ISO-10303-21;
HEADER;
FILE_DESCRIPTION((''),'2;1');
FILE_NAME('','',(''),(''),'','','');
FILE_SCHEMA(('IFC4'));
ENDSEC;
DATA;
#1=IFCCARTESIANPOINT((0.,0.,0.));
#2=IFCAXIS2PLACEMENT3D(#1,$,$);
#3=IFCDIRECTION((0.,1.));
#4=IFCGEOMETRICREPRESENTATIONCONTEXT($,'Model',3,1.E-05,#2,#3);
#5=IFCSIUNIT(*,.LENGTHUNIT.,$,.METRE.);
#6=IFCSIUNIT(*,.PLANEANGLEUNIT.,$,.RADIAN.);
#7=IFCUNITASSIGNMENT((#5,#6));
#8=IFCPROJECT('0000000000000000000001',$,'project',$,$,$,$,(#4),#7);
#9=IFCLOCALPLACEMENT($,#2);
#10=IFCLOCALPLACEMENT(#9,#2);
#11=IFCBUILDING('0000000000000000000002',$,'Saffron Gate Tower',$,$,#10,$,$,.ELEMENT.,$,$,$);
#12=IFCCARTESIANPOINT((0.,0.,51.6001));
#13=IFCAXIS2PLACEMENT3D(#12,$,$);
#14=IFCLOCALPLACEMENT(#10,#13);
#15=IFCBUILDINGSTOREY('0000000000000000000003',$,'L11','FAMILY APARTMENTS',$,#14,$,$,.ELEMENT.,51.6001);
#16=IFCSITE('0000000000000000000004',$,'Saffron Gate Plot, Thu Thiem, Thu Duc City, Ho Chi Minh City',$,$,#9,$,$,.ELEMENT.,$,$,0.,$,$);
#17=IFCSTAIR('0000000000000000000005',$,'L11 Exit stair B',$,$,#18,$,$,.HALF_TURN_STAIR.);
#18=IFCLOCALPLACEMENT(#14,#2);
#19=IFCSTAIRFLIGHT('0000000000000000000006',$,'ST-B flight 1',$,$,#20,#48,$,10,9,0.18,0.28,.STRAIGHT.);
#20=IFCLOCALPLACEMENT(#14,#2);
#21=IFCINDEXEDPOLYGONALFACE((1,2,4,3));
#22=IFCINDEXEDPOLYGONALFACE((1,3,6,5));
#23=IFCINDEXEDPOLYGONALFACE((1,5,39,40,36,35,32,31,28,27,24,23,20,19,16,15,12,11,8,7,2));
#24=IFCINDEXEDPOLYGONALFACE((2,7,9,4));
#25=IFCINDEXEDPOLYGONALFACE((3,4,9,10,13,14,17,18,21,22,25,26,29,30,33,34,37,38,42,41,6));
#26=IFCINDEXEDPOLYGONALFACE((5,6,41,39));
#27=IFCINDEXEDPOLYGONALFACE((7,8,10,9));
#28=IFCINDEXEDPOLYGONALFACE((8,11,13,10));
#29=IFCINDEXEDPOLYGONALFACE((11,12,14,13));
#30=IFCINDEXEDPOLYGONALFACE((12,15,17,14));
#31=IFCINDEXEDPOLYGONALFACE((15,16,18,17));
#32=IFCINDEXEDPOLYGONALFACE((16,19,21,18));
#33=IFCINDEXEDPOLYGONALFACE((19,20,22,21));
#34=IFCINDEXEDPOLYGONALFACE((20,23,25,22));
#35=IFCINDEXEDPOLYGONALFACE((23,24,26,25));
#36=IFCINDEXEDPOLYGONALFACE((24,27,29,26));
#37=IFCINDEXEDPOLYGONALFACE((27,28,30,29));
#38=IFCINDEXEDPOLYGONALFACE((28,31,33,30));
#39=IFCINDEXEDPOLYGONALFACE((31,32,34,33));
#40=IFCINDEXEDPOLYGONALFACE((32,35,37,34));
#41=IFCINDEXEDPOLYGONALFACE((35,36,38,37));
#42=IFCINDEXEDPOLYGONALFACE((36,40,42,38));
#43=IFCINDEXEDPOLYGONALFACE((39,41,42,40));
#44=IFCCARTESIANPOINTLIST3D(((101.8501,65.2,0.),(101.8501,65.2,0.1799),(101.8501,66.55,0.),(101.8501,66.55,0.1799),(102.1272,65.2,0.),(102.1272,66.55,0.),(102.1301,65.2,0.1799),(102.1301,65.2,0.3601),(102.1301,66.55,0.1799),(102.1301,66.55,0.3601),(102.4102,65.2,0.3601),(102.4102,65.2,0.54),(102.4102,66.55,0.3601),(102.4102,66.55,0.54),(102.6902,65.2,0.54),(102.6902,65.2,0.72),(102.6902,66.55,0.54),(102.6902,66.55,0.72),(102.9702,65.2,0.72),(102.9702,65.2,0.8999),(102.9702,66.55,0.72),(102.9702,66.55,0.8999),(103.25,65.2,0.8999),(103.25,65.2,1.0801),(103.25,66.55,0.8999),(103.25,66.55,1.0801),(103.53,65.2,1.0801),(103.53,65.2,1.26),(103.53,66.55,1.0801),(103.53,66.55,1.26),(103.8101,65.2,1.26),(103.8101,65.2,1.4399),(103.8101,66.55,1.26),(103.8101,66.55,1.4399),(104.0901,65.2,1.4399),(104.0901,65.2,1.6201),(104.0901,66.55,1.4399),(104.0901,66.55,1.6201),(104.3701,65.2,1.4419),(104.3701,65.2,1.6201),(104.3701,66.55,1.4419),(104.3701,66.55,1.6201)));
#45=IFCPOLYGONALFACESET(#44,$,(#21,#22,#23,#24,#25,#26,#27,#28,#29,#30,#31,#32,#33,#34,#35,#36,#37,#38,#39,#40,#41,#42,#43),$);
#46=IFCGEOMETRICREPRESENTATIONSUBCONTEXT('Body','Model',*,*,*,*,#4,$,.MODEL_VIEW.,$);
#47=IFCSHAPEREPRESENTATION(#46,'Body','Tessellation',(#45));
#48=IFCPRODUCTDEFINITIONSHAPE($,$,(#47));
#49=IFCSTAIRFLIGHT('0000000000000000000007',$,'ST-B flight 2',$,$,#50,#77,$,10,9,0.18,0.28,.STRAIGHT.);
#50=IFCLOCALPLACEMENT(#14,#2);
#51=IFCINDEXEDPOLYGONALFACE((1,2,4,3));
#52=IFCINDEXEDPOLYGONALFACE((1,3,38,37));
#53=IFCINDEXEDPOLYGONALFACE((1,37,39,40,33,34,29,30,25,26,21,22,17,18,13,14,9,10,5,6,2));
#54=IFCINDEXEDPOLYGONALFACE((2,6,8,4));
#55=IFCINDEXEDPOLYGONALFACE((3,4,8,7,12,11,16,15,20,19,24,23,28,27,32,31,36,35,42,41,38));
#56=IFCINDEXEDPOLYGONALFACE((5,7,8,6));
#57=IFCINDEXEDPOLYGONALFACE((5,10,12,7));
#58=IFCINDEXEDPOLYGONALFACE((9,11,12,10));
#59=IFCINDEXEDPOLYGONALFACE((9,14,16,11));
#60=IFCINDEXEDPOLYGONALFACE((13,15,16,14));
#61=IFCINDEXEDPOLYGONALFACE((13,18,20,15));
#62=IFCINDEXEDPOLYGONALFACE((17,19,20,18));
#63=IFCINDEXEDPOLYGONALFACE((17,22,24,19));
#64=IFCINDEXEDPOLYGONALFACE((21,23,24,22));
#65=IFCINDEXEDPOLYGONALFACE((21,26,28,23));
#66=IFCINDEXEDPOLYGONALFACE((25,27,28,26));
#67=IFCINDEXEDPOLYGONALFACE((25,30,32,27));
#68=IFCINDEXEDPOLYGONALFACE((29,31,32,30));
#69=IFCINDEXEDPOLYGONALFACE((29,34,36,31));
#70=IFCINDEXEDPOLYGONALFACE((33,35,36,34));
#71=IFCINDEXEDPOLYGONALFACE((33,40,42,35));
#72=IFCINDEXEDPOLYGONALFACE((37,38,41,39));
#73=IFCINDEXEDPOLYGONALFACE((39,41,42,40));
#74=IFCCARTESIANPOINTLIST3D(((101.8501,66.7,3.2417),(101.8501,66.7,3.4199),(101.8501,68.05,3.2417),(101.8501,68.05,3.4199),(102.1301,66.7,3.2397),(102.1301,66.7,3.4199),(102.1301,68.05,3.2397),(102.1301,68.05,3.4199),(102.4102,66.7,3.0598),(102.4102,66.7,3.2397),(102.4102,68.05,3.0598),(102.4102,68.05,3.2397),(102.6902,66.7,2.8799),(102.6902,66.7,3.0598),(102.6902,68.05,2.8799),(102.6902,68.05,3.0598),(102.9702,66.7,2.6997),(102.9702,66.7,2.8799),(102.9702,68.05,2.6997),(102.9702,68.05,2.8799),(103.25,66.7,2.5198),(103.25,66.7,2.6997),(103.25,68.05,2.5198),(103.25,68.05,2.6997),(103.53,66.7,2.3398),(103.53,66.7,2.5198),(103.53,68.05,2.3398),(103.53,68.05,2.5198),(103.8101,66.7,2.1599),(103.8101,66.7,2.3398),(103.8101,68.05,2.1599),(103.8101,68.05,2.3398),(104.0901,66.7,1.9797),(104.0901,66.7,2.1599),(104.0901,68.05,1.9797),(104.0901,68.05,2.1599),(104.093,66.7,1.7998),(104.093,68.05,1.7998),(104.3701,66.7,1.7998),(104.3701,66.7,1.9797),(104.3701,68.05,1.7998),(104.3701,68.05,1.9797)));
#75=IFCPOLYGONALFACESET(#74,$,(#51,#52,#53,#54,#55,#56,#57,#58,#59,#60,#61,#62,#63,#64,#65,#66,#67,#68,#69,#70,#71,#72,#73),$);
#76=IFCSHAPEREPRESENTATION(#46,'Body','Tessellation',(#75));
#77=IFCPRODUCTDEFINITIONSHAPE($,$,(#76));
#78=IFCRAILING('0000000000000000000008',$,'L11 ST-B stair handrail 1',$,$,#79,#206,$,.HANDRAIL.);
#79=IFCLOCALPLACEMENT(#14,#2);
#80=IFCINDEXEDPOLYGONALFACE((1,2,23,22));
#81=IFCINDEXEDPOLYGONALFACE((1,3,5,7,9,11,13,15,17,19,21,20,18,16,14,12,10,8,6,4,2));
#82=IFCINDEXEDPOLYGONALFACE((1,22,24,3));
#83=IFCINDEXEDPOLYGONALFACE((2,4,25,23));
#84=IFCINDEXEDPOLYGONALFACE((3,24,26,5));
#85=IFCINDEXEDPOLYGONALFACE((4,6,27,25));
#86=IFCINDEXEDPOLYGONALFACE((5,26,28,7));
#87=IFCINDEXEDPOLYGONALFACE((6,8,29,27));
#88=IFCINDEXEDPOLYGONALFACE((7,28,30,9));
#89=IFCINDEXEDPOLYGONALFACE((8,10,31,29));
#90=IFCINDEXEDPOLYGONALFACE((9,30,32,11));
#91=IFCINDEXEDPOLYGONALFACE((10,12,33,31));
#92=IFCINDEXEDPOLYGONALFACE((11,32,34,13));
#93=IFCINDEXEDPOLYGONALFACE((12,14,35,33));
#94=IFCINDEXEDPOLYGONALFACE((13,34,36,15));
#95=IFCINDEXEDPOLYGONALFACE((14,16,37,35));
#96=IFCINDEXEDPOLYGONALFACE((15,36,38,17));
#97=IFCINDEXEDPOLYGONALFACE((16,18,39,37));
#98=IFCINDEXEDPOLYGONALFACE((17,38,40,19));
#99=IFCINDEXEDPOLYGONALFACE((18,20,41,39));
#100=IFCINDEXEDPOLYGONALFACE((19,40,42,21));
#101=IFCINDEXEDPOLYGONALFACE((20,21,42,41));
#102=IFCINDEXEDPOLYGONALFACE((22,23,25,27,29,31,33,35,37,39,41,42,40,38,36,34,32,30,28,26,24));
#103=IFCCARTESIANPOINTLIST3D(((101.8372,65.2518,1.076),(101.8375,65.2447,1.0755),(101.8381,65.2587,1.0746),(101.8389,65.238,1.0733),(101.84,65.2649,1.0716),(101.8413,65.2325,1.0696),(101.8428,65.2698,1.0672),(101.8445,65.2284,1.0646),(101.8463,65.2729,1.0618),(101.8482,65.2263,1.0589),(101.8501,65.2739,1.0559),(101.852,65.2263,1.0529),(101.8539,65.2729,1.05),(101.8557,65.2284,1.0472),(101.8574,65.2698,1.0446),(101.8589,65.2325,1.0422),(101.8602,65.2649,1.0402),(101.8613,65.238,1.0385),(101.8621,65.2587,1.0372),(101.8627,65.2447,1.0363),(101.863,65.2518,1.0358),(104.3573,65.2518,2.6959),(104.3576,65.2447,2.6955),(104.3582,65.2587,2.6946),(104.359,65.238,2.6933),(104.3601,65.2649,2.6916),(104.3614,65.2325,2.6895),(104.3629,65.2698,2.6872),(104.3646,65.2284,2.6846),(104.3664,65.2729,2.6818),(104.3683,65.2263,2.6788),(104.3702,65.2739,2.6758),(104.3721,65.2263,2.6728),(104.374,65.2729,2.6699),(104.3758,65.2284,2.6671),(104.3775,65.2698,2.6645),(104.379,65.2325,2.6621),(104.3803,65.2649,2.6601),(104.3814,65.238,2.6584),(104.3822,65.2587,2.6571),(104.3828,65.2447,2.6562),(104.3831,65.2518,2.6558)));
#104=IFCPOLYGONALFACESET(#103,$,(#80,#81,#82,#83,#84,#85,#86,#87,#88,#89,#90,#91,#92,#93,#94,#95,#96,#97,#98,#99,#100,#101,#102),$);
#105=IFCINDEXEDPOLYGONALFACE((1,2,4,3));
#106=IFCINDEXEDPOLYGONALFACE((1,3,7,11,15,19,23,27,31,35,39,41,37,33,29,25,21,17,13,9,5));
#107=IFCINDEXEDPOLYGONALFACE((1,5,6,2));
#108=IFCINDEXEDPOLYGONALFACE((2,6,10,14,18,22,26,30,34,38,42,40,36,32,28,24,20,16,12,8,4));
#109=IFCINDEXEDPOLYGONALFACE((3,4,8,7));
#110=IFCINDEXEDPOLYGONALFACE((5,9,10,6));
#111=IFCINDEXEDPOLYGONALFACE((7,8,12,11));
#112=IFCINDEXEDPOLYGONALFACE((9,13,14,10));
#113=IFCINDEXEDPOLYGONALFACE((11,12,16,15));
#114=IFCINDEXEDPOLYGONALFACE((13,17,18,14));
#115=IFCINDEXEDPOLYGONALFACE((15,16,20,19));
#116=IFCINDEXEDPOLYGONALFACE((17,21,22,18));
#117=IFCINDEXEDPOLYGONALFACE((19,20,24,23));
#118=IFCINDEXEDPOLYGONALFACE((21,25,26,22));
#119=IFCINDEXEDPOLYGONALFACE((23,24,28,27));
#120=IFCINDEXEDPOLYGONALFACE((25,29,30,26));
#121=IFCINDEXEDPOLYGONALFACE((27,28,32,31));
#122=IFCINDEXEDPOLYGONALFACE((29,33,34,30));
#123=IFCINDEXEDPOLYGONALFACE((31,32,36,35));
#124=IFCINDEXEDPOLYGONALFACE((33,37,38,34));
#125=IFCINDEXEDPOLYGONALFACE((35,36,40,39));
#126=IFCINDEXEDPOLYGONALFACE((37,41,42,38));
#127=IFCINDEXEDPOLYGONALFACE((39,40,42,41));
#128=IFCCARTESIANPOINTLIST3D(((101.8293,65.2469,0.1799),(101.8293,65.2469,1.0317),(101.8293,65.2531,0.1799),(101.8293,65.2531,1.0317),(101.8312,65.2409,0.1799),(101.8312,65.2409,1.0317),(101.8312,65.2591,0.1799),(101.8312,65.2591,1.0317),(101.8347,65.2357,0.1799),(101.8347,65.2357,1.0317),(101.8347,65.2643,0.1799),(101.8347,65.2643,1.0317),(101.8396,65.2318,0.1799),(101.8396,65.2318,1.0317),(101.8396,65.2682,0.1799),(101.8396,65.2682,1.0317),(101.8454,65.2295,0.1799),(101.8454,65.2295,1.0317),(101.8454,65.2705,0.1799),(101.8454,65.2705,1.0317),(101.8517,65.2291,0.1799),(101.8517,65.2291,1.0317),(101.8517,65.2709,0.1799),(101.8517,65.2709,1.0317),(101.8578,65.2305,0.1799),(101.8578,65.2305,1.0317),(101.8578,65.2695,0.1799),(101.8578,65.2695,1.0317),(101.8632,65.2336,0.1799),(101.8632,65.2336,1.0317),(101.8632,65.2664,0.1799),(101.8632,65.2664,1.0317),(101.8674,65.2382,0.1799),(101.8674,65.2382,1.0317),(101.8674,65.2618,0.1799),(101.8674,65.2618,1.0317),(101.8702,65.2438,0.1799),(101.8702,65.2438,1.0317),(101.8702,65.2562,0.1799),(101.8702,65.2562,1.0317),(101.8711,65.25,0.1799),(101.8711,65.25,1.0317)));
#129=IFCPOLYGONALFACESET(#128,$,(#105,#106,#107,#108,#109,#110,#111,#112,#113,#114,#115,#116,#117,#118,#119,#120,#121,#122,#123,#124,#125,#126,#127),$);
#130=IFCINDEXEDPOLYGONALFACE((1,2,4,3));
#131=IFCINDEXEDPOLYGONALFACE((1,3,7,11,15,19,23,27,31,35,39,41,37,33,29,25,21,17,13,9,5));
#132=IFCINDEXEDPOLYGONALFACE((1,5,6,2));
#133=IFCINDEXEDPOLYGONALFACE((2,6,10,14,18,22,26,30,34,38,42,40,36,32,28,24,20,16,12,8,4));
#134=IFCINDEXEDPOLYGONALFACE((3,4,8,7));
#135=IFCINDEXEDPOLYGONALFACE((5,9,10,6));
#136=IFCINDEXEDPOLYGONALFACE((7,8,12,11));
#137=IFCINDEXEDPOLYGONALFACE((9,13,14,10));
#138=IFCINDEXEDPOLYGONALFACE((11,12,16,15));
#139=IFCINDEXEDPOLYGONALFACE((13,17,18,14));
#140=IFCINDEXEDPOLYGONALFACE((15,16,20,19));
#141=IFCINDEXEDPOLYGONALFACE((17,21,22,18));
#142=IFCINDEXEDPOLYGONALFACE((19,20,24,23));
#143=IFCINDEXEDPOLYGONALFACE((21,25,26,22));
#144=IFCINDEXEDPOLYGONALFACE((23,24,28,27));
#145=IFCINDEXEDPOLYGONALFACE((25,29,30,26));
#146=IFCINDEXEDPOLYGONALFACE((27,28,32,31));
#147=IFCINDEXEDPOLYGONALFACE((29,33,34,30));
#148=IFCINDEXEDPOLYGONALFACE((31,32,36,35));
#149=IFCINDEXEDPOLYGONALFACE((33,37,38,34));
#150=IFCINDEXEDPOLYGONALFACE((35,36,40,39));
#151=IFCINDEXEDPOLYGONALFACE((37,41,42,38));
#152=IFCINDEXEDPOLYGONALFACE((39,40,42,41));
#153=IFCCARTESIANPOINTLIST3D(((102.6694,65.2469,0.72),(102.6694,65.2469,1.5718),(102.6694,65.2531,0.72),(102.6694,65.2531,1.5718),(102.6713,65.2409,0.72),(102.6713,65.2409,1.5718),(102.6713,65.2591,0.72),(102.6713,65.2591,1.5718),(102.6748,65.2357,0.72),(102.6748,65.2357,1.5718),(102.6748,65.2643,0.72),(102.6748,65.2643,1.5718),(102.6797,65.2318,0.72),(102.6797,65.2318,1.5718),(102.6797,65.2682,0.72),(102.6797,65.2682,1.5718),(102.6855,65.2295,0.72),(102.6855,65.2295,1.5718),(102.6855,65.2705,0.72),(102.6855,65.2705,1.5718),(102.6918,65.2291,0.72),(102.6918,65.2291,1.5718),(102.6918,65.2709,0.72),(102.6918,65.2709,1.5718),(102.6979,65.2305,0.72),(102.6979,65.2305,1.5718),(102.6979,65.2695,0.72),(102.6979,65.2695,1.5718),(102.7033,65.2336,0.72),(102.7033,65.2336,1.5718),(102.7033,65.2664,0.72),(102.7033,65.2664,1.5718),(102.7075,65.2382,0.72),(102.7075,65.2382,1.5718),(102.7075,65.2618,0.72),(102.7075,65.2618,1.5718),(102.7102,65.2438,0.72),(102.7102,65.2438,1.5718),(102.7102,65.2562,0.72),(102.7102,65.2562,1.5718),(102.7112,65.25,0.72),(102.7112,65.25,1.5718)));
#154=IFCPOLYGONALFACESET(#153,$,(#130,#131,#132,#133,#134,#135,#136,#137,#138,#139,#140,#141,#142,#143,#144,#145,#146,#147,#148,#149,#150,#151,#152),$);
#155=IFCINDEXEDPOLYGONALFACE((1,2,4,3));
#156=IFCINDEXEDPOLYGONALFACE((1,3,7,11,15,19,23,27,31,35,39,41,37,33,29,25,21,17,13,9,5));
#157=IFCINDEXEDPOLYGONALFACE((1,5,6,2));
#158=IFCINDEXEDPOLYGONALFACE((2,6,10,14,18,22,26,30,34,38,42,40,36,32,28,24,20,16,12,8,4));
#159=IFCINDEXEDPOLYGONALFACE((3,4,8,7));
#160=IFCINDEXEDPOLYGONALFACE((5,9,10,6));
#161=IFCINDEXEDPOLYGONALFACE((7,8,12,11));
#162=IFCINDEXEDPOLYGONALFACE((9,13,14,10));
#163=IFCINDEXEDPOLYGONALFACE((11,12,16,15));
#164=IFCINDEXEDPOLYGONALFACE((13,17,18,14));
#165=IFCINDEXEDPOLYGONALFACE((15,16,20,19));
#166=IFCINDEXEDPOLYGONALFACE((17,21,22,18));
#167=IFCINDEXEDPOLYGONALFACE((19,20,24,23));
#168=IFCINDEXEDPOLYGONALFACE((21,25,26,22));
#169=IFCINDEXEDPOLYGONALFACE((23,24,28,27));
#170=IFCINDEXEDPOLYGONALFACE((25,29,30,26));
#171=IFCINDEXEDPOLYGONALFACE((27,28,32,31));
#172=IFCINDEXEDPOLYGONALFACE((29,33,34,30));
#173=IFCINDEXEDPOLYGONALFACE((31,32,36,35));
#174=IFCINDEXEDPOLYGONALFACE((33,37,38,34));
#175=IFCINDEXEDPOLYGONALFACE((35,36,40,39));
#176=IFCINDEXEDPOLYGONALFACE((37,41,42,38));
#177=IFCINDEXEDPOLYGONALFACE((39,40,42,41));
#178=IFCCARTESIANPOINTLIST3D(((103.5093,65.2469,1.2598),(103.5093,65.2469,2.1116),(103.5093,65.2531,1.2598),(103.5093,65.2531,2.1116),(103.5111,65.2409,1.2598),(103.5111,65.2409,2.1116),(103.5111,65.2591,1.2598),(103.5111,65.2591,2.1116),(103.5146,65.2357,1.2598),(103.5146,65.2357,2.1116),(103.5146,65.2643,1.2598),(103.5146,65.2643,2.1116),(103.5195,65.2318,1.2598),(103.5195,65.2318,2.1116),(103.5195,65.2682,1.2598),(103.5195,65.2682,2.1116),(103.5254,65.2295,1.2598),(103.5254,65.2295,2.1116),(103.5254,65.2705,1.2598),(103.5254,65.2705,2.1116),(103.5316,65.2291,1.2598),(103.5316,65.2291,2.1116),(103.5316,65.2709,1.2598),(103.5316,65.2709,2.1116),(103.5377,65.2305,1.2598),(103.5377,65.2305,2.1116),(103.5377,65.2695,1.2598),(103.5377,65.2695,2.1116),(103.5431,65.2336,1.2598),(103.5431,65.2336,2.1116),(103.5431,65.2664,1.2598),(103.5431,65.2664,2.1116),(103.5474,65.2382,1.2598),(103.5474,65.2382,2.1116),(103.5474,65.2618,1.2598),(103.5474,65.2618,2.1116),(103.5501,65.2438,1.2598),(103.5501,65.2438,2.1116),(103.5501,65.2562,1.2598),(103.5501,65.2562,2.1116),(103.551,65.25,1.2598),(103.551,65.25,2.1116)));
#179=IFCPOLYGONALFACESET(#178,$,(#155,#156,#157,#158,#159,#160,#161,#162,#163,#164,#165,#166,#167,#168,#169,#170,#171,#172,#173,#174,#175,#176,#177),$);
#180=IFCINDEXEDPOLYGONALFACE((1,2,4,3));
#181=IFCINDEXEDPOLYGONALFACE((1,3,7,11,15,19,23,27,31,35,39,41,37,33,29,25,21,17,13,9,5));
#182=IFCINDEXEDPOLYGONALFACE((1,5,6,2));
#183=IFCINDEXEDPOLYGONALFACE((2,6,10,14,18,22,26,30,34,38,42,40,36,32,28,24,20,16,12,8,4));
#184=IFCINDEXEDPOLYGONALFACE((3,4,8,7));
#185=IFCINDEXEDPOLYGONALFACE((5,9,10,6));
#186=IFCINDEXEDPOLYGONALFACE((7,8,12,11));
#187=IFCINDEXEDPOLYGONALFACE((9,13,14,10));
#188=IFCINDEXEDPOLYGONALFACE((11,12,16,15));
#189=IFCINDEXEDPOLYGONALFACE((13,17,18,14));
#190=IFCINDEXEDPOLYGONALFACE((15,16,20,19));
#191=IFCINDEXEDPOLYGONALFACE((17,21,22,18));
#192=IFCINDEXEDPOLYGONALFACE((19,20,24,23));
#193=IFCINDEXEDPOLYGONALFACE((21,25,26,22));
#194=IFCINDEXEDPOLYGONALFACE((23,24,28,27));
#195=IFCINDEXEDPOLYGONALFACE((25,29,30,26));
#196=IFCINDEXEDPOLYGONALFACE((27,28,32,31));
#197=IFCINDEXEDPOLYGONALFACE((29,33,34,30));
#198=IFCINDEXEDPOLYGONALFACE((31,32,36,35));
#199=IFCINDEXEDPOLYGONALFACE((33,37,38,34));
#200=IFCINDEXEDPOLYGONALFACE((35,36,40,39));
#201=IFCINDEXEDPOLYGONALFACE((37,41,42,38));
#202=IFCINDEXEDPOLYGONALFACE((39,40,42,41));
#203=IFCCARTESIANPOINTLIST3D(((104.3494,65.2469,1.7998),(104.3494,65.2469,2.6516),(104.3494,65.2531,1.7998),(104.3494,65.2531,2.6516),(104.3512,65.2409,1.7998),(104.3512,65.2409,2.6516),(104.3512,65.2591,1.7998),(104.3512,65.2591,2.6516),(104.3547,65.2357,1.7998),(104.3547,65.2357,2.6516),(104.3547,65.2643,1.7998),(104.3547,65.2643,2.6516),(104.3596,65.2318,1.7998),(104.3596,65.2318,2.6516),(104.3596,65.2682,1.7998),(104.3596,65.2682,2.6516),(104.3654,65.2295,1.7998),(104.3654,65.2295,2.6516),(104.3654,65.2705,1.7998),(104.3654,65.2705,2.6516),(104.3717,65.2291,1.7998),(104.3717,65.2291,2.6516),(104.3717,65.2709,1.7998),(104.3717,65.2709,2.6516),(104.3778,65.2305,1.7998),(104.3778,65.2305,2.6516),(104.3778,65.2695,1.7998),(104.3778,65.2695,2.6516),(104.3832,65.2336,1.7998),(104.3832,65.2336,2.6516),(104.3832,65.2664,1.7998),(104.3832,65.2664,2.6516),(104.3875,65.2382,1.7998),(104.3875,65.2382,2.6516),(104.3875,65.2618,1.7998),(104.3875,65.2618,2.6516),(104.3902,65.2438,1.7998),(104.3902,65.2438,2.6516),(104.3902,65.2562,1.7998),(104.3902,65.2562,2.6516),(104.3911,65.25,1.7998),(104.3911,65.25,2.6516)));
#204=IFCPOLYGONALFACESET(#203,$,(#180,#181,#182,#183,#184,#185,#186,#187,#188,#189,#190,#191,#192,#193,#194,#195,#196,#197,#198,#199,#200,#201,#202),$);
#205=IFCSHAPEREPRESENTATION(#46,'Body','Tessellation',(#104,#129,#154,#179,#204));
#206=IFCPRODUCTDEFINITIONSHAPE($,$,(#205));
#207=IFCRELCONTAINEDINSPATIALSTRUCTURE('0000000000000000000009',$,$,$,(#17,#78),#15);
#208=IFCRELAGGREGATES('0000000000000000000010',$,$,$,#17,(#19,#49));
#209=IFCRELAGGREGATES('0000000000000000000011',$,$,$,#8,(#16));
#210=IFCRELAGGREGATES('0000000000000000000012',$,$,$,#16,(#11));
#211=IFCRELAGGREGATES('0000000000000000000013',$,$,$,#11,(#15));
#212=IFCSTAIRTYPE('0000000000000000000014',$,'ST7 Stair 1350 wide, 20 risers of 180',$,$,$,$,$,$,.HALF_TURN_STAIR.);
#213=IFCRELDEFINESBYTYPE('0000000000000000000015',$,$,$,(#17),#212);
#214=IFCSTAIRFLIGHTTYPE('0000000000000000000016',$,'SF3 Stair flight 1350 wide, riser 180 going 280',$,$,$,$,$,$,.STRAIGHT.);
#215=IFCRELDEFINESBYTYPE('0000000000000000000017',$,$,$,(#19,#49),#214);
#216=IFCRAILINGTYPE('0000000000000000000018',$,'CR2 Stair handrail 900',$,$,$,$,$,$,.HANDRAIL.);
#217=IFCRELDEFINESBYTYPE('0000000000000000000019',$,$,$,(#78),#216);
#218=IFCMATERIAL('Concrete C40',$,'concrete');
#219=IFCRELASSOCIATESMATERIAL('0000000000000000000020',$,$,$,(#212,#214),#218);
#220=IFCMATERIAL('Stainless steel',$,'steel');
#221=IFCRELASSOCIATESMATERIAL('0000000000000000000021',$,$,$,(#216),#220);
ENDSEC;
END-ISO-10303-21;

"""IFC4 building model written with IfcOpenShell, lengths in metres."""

from ifc_helpers import new_model, si_unit, direction, frame, origin, origin_2d, place, context, subcontext, project, spatial, polyline, circle, outline, extrude, material, type_object, element, aggregate, save


model = new_model("IFC4")

# Units and contexts
model_context = context("Model", 3, precision=1e-05, world=origin(), true_north=direction((0.0, 1.0)))
body_context = subcontext(model_context, "Body", "Model", "MODEL_VIEW")
ifc_project = project(units=[si_unit("LENGTHUNIT", "METRE"), si_unit("PLANEANGLEUNIT", "RADIAN")], contexts=[model_context])

# Site, building, storey
site_placement = place(None, origin())
site = spatial("IfcSite", under=ifc_project, at=site_placement, Name="Saffron Gate Plot, Thu Thiem, Thu Duc City, Ho Chi Minh City", CompositionType="ELEMENT", RefElevation=0.0)
building_placement = place(site_placement, origin())
building = spatial("IfcBuilding", under=site, at=building_placement, Name="Saffron Gate Tower", CompositionType="ELEMENT")
storey_placement = place(building_placement, frame((0.0, 0.0, 51.6001)))
storey = spatial("IfcBuildingStorey", under=building, at=storey_placement, Name="L11", Description="FAMILY APARTMENTS", CompositionType="ELEMENT", Elevation=51.6001)

# Stair, stair flights
ifc_material_1 = material(Name="Concrete C40", Category="concrete")
stair_type = type_object("IfcStairType", Name="ST7 Stair 1350 wide, 20 risers of 180", PredefinedType="HALF_TURN_STAIR", material=ifc_material_1)
stair_placement = place(storey_placement, origin())
stair = element("IfcStair", 1, at=stair_placement, inside=storey, type_object=stair_type, Name="L11 Exit stair B", PredefinedType="HALF_TURN_STAIR")
stair_flight_type = type_object("IfcStairFlightType", Name="SF3 Stair flight 1350 wide, riser 180 going 280", PredefinedType="STRAIGHT", material=ifc_material_1)
stair_flight_1_placement = place(storey_placement, frame((101.8501, 65.875, 0.0), z_axis=(0.0, 0.0, 1.0), x_axis=(1.0, 0.0, 0.0)))
stair_flight_1 = element("IfcStairFlight", 2, at=stair_flight_1_placement, type_object=stair_flight_type, Name="ST-B flight 1", NumberOfRisers=10, NumberOfTreads=9, PredefinedType="STRAIGHT", RiserHeight=0.18, TreadLength=0.28, context=body_context, shape_type="SweptSolid", body=[
    extrude(outline(polyline([(0.0, 0.0), (0.0, 0.1799), (0.28, 0.1799), (0.28, 0.3601), (0.5601, 0.3601), (0.5601, 0.54), (0.8401, 0.54), (0.8401, 0.72), (1.1201, 0.72), (1.1201, 0.8999), (1.3999, 0.8999), (1.3999, 1.0801), (1.6799, 1.0801), (1.6799, 1.26), (1.96, 1.26), (1.96, 1.4399), (2.24, 1.4399), (2.24, 1.6201), (2.52, 1.6201), (2.52, 1.8), (2.52, 1.4419), (0.2771, 0.0), (0.0, 0.0)])), frame((0.0, 0.675, 0.0), z_axis=(0.0, -1.0, 0.0), x_axis=(1.0, 0.0, 0.0)), (0.0, 0.0, 1.0), 1.3501),
])
stair_flight_2_placement = place(storey_placement, frame((104.3701, 67.375, 1.7998), z_axis=(0.0, 0.0, 1.0), x_axis=(-1.0, 0.0, 0.0)))
stair_flight_2 = element("IfcStairFlight", 3, at=stair_flight_2_placement, type_object=stair_flight_type, Name="ST-B flight 2", NumberOfRisers=10, NumberOfTreads=9, PredefinedType="STRAIGHT", RiserHeight=0.18, TreadLength=0.28, context=body_context, shape_type="SweptSolid", body=[
    extrude(outline(polyline([(0.0, 0.0), (0.0, 0.1799), (0.28, 0.1799), (0.28, 0.3601), (0.5601, 0.3601), (0.5601, 0.54), (0.8401, 0.54), (0.8401, 0.72), (1.1201, 0.72), (1.1201, 0.8999), (1.3999, 0.8999), (1.3999, 1.0801), (1.6799, 1.0801), (1.6799, 1.26), (1.96, 1.26), (1.96, 1.4399), (2.24, 1.4399), (2.24, 1.6201), (2.52, 1.6201), (2.52, 1.8), (2.52, 1.4419), (0.2771, 0.0), (0.0, 0.0)])), frame((0.0, 0.675, 0.0), z_axis=(0.0, -1.0, 0.0), x_axis=(1.0, 0.0, 0.0)), (0.0, 0.0, 1.0), 1.3501),
])
aggregate(stair, [stair_flight_1, stair_flight_2])

# Railing
ifc_material_2 = material(Name="Stainless steel", Category="steel")
railing_type_1 = type_object("IfcRailingType", Name="CR2 Stair handrail 900", PredefinedType="HANDRAIL", material=ifc_material_2)
railing_1_placement = place(storey_placement, frame((101.8501, 65.25, 0.1799)))
element("IfcRailing", 4, at=railing_1_placement, inside=storey, type_object=railing_type_1, Name="L11 ST-B stair handrail 1", PredefinedType="HANDRAIL", context=body_context, shape_type="SweptSolid", body=[
    extrude(circle(Radius=0.0239, at=origin_2d()), frame((0.0, 0.0, 0.876), z_axis=(0.8412, 0.0, 0.540725), x_axis=(0.0, 1.0, 0.0)), (0.0, 0.0, 1.0), 2.9958),
    extrude(circle(Radius=0.021, at=origin_2d()), origin(), (0.0, 0.0, 1.0), 0.8518),
    extrude(circle(Radius=0.021, at=origin_2d()), frame((0.8401, 0.0, 0.54)), (0.0, 0.0, 1.0), 0.8518),
    extrude(circle(Radius=0.021, at=origin_2d()), frame((1.6799, 0.0, 1.0798)), (0.0, 0.0, 1.0), 0.8518),
    extrude(circle(Radius=0.021, at=origin_2d()), frame((2.52, 0.0, 1.6199)), (0.0, 0.0, 1.0), 0.8518),
])

save(model, "model.ifc")
